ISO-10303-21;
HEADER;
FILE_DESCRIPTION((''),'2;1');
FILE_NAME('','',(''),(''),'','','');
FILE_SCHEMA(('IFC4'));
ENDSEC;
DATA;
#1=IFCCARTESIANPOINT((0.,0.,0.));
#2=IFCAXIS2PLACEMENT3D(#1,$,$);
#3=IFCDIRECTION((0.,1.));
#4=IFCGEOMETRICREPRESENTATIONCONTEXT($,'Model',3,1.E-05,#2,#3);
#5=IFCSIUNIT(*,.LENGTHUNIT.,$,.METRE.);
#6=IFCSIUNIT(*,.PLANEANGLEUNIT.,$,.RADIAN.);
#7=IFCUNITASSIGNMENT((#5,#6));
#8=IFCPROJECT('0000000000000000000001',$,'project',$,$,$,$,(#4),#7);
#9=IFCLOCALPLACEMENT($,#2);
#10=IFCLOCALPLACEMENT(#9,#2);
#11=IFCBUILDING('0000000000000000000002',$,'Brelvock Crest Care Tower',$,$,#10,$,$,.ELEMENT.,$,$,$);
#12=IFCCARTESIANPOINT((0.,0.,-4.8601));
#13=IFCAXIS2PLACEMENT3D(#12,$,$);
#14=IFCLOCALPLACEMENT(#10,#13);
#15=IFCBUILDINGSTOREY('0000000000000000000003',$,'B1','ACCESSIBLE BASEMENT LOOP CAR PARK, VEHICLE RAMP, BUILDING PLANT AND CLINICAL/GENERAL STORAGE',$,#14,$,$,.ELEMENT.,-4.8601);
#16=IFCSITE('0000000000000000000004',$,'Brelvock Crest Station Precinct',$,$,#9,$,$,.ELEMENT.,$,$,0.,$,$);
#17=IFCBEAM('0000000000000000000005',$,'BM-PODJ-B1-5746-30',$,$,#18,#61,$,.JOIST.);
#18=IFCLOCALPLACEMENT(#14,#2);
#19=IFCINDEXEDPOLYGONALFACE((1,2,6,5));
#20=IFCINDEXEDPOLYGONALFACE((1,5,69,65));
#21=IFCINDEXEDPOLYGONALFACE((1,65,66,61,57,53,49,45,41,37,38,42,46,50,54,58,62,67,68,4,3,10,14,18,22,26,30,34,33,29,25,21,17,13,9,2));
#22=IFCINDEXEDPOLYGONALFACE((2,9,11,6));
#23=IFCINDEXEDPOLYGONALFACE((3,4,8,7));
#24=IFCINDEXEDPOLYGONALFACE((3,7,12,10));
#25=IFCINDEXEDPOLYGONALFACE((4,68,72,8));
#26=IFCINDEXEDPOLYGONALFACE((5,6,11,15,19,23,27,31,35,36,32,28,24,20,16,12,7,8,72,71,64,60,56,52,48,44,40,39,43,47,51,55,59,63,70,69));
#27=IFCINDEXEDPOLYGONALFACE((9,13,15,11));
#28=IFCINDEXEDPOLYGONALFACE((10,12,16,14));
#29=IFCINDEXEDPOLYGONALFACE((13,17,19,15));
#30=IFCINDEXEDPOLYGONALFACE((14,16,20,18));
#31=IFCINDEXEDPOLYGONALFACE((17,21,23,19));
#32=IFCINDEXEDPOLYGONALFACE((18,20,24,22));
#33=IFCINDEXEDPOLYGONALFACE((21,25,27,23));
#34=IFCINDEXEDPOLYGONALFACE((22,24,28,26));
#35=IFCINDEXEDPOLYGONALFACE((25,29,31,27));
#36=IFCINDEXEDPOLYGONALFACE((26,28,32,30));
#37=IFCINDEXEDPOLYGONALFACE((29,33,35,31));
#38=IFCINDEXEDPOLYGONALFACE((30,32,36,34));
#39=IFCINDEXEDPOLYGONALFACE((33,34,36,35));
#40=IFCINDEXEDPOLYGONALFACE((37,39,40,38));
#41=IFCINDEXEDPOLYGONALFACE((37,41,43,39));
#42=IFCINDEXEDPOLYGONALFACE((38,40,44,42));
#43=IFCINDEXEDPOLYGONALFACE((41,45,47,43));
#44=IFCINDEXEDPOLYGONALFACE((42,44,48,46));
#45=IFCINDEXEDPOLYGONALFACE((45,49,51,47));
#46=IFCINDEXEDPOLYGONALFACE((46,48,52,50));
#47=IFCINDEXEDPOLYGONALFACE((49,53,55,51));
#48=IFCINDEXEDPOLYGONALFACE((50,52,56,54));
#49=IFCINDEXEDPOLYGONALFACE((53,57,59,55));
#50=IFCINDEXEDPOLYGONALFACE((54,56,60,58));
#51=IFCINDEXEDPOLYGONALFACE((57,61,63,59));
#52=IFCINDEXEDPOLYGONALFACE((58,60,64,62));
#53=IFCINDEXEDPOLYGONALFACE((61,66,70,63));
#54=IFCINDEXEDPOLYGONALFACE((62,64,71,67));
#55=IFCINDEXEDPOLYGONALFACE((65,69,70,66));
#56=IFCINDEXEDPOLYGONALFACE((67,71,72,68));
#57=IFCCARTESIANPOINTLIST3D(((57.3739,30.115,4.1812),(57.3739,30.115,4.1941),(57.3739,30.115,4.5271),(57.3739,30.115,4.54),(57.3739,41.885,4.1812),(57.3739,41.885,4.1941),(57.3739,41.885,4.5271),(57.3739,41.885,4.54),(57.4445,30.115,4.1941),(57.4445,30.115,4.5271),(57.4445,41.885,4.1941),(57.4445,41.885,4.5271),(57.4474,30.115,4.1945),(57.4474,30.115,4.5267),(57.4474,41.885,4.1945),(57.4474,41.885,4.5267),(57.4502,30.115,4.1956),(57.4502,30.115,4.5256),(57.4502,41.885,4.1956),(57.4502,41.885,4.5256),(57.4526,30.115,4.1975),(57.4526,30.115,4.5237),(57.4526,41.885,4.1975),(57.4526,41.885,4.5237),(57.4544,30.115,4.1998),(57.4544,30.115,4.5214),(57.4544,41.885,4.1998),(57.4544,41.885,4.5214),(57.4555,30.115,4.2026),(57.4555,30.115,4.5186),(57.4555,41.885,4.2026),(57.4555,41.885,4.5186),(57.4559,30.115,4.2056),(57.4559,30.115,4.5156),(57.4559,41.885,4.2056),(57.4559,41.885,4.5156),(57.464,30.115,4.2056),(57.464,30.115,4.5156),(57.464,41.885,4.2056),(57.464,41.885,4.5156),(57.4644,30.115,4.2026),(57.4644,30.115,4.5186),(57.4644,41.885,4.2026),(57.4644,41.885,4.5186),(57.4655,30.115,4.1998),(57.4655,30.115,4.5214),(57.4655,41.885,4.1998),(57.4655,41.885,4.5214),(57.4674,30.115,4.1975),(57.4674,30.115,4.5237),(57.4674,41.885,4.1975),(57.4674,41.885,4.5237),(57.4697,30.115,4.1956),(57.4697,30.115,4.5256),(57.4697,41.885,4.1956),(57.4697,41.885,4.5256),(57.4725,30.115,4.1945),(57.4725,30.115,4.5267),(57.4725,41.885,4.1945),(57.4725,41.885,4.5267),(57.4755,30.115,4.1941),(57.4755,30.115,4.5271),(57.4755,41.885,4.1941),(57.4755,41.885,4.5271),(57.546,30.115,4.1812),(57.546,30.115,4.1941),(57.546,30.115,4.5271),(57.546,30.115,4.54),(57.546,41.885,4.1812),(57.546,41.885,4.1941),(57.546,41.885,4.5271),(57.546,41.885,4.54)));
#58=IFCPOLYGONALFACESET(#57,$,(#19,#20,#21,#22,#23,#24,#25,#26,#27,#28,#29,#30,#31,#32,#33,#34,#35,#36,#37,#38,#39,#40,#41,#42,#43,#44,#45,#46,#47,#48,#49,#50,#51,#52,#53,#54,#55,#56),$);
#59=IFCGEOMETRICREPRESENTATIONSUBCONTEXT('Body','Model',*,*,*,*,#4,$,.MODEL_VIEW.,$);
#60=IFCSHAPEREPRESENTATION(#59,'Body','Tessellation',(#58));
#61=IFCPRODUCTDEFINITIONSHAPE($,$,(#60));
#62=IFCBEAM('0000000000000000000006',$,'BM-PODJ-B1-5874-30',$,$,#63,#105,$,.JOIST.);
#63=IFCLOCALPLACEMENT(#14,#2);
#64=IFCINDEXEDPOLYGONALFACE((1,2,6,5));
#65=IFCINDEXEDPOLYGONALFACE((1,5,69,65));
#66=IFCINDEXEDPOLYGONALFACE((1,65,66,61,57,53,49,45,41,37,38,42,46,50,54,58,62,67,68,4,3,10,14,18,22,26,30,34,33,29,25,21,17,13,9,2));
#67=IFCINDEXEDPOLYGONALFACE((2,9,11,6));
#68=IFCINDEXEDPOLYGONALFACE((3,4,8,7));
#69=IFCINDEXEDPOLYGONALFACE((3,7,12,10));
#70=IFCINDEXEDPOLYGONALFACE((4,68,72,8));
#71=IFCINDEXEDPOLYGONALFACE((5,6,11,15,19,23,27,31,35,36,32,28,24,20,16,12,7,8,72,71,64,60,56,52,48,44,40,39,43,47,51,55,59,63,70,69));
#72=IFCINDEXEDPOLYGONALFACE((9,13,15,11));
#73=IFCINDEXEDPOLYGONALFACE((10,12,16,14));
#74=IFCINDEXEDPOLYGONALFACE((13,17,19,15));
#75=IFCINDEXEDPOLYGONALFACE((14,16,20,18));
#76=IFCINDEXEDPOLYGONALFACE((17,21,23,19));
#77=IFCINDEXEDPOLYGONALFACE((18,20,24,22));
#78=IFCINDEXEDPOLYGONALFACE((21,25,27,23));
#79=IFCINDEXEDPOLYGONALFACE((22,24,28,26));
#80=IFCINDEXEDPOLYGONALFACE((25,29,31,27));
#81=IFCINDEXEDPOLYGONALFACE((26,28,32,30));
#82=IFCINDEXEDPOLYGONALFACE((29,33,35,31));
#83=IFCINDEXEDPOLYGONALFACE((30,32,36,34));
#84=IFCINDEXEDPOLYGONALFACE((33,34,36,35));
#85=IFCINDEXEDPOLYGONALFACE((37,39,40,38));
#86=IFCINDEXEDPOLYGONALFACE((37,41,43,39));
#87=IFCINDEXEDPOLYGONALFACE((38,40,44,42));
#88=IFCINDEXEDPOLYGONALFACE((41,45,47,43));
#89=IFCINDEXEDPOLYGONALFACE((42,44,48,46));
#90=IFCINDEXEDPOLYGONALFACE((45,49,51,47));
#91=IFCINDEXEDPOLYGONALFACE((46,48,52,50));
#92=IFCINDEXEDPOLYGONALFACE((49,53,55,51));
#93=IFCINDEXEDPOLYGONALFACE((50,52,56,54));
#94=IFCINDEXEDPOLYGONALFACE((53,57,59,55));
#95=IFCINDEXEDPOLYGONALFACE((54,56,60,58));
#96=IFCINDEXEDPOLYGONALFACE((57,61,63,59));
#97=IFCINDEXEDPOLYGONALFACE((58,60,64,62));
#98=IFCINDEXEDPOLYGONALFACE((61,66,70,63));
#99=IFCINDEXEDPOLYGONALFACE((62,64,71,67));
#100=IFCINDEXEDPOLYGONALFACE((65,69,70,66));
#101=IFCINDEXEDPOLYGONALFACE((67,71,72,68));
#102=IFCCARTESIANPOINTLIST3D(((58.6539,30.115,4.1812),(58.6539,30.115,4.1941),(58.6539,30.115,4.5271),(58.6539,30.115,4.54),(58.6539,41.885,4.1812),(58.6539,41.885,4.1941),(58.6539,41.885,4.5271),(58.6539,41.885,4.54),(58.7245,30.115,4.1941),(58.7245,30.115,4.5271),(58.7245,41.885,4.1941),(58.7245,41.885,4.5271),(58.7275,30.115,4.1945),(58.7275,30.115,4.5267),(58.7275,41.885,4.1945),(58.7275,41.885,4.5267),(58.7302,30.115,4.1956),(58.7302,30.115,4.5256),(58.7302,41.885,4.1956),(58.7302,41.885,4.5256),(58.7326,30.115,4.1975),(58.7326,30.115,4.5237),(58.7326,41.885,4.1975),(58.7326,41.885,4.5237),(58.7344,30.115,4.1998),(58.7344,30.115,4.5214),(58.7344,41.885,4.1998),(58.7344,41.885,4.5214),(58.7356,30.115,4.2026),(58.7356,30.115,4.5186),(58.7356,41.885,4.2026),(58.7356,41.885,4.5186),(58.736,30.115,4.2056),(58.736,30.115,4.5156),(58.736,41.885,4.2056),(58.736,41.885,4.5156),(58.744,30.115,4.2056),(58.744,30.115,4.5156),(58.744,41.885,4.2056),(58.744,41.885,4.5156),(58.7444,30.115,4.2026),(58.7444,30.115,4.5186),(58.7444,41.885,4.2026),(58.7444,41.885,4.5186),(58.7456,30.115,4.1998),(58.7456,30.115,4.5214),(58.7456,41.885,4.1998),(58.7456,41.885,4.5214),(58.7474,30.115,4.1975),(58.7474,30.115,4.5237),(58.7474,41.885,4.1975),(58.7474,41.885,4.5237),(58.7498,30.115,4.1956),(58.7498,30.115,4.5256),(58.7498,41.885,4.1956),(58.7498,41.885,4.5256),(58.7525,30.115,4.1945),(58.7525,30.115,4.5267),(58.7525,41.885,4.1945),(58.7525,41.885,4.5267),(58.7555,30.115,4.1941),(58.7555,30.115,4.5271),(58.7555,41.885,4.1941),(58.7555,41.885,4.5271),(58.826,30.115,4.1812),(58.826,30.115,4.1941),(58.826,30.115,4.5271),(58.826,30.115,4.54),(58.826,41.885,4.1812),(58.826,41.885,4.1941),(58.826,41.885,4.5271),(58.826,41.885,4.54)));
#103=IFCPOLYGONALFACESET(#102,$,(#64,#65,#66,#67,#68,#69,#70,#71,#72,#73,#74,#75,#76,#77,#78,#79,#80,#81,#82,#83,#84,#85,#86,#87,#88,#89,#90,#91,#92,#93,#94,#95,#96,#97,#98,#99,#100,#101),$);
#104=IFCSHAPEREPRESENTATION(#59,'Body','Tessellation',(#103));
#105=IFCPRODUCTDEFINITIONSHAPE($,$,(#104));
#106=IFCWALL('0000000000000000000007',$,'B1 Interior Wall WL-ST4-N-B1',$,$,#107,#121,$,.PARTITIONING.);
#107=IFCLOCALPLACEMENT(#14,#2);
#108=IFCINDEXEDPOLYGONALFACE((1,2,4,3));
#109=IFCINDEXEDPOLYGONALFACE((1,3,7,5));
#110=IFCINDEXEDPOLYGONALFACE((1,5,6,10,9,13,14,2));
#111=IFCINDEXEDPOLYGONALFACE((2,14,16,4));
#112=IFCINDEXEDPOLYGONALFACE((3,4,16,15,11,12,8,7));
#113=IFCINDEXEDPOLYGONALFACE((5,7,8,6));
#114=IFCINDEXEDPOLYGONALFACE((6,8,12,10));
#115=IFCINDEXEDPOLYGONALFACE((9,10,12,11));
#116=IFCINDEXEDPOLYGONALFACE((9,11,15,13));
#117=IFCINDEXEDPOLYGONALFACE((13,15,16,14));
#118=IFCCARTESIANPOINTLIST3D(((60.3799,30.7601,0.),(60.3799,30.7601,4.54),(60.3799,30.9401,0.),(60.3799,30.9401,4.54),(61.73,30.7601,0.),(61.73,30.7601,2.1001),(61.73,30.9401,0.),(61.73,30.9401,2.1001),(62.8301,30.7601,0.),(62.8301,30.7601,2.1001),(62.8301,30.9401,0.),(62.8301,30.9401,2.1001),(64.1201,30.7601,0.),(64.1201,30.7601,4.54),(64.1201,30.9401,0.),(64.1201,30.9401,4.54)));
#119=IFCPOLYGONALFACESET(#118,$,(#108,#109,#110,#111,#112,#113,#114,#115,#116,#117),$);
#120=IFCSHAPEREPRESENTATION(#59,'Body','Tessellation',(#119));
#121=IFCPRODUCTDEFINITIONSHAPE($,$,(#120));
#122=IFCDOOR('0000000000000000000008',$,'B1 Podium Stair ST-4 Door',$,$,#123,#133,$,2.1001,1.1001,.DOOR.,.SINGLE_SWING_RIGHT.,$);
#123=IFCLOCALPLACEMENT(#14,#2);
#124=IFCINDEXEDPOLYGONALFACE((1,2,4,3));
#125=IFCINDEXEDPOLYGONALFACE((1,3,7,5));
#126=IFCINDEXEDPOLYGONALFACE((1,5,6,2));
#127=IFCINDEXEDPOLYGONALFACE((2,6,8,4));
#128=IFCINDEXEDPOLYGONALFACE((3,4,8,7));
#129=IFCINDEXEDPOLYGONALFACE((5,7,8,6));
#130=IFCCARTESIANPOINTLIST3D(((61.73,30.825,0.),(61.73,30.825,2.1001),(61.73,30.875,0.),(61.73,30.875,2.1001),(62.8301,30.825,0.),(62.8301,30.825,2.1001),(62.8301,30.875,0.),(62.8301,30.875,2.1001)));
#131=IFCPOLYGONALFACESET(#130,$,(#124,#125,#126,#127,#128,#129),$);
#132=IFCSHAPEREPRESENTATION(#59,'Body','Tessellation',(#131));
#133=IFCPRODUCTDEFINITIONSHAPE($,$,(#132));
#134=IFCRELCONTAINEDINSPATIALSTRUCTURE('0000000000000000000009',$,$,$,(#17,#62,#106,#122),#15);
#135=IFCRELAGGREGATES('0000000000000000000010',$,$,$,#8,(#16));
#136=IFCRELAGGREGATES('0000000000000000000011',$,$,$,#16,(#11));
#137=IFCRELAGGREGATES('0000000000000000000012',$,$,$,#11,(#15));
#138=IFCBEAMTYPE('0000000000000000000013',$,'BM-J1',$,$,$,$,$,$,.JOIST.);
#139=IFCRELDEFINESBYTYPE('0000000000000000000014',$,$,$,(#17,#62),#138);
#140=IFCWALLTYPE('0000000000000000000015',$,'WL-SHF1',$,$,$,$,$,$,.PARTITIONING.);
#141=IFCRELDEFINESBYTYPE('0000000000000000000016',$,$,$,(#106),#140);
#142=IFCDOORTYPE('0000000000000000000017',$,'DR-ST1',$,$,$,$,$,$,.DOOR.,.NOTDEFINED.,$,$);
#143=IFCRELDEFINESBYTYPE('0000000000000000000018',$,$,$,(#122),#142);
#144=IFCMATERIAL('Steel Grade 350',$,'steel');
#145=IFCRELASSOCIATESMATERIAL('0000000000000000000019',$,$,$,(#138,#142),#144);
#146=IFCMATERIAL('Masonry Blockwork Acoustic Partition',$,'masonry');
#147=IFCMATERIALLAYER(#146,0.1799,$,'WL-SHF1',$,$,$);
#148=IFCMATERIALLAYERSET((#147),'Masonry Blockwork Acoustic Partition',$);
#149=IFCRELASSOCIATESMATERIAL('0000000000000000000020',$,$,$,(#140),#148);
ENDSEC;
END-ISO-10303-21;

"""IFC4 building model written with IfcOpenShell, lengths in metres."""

from ifc_helpers import new_model, si_unit, direction, frame, frame_2d, origin, origin_2d, place, context, subcontext, project, spatial, rectangle, i_section, extrude, source, transform, mapped, material, layer, layer_set, material_profile, profile_set, type_object, element, fill, save


model = new_model("IFC4")

# Units and contexts
model_context = context("Model", 3, precision=1e-05, world=origin(), true_north=direction((0.0, 1.0)))
body_context = subcontext(model_context, "Body", "Model", "MODEL_VIEW")
ifc_project = project(units=[si_unit("LENGTHUNIT", "METRE"), si_unit("PLANEANGLEUNIT", "RADIAN")], contexts=[model_context])

# Site, building, storey
site_placement = place(None, origin())
site = spatial("IfcSite", under=ifc_project, at=site_placement, Name="Brelvock Crest Station Precinct", CompositionType="ELEMENT", RefElevation=0.0)
building_placement = place(site_placement, origin())
building = spatial("IfcBuilding", under=site, at=building_placement, Name="Brelvock Crest Care Tower", CompositionType="ELEMENT")
storey_placement = place(building_placement, frame((0.0, 0.0, -4.8601)))
storey = spatial("IfcBuildingStorey", under=building, at=storey_placement, Name="B1", Description="ACCESSIBLE BASEMENT LOOP CAR PARK, VEHICLE RAMP, BUILDING PLANT AND CLINICAL/GENERAL STORAGE", CompositionType="ELEMENT", Elevation=-4.8601)

# Shared definitions
ifc_material_1 = material(Name="Steel Grade 350", Category="steel")

# Beams
ifc_material_profile_1 = material_profile(ifc_material_1, i_section(OverallWidth=0.1721, OverallDepth=0.3589, WebThickness=0.0081, FlangeThickness=0.0129, FilletRadius=0.0115, at=origin_2d()), Name="360UB56.7")
ifc_profile_set_1 = profile_set([ifc_material_profile_1], Name="Steel Grade 350")
beam_type_1 = type_object("IfcBeamType", Name="BM-J1", PredefinedType="JOIST", material=ifc_profile_set_1)
shared_shape_1 = source(origin(), body_context, "Body", "SweptSolid", [
    extrude(i_section(OverallWidth=0.1721, OverallDepth=0.3589, WebThickness=0.0081, FlangeThickness=0.0129, FilletRadius=0.0115, at=origin_2d()), origin(), (0.0, 0.0, 1.0), 11.77),
])
for number, where, z_axis, x_axis, name in (
    (1, (57.46, 30.115, 4.3606), (0.0, 1.0, 0.0), (-1.0, 0.0, 0.0), "BM-PODJ-B1-5746-30"),
    (2, (58.74, 30.115, 4.3606), (0.0, 1.0, 0.0), (-1.0, 0.0, 0.0), "BM-PODJ-B1-5874-30"),
):
    element("IfcBeam", number, at=place(storey_placement, frame(where, z_axis=z_axis, x_axis=x_axis)), inside=storey, type_object=beam_type_1, Name=name, PredefinedType="JOIST", context=body_context, shape_type="MappedRepresentation", body=[
        mapped(shared_shape_1, transform((0.0, 0.0, 0.0), x_axis=(1.0, 0.0, 0.0), y_axis=(0.0, 1.0, 0.0), z_axis=(0.0, 0.0, 1.0), scale=1.0)),
    ])

# Wall, opening, door
ifc_material_2 = material(Name="Masonry Blockwork Acoustic Partition", Category="masonry")
ifc_layer_1 = layer(ifc_material_2, 0.1799, Name="WL-SHF1")
ifc_layer_set_1 = layer_set([ifc_layer_1], Name="Masonry Blockwork Acoustic Partition")
wall_type = type_object("IfcWallType", Name="WL-SHF1", PredefinedType="PARTITIONING", material=ifc_layer_set_1)
wall_placement = place(storey_placement, frame((60.3799, 30.8501, 0.0), z_axis=(0.0, 0.0, 1.0), x_axis=(1.0, 0.0, 0.0)))
wall = element("IfcWall", 3, at=wall_placement, inside=storey, type_object=wall_type, Name="B1 Interior Wall WL-ST4-N-B1", PredefinedType="PARTITIONING", context=body_context, shape_type="SweptSolid", body=[
    extrude(rectangle(XDim=3.7402, YDim=0.1799, at=frame_2d((1.8701, 0.0))), origin(), (0.0, 0.0, 1.0), 4.54),
])
opening_placement = place(wall_placement, frame((1.3501, 0.0, 0.0)))
opening = element("IfcOpeningElement", 4, at=opening_placement, cuts=wall, PredefinedType="OPENING", context=body_context, shape_type="SweptSolid", body=[
    extrude(rectangle(XDim=1.1001, YDim=2.1001, at=origin_2d()), frame((0.55, 0.1001, 1.05), z_axis=(0.0, -1.0, 0.0), x_axis=(1.0, 0.0, 0.0)), (0.0, 0.0, 1.0), 0.2),
])
door_type = type_object("IfcDoorType", Name="DR-ST1", OperationType="NOTDEFINED", PredefinedType="DOOR", material=ifc_material_1)
shared_shape_2 = source(origin(), body_context, "Body", "SweptSolid", [
    extrude(rectangle(XDim=1.1001, YDim=2.1001, at=origin_2d()), frame((0.55, 0.0249, 1.05), z_axis=(0.0, -1.0, 0.0), x_axis=(1.0, 0.0, 0.0)), (0.0, 0.0, 1.0), 0.05),
])
door_placement = place(opening_placement, origin())
door = element("IfcDoor", 5, at=door_placement, inside=storey, type_object=door_type, Name="B1 Podium Stair ST-4 Door", OperationType="SINGLE_SWING_RIGHT", OverallHeight=2.1001, OverallWidth=1.1001, PredefinedType="DOOR", context=body_context, shape_type="MappedRepresentation", body=[
    mapped(shared_shape_2, transform((0.0, 0.0, 0.0), x_axis=(1.0, 0.0, 0.0), y_axis=(0.0, 1.0, 0.0), z_axis=(0.0, 0.0, 1.0), scale=1.0)),
])
fill(opening, door)

save(model, "model.ifc")
